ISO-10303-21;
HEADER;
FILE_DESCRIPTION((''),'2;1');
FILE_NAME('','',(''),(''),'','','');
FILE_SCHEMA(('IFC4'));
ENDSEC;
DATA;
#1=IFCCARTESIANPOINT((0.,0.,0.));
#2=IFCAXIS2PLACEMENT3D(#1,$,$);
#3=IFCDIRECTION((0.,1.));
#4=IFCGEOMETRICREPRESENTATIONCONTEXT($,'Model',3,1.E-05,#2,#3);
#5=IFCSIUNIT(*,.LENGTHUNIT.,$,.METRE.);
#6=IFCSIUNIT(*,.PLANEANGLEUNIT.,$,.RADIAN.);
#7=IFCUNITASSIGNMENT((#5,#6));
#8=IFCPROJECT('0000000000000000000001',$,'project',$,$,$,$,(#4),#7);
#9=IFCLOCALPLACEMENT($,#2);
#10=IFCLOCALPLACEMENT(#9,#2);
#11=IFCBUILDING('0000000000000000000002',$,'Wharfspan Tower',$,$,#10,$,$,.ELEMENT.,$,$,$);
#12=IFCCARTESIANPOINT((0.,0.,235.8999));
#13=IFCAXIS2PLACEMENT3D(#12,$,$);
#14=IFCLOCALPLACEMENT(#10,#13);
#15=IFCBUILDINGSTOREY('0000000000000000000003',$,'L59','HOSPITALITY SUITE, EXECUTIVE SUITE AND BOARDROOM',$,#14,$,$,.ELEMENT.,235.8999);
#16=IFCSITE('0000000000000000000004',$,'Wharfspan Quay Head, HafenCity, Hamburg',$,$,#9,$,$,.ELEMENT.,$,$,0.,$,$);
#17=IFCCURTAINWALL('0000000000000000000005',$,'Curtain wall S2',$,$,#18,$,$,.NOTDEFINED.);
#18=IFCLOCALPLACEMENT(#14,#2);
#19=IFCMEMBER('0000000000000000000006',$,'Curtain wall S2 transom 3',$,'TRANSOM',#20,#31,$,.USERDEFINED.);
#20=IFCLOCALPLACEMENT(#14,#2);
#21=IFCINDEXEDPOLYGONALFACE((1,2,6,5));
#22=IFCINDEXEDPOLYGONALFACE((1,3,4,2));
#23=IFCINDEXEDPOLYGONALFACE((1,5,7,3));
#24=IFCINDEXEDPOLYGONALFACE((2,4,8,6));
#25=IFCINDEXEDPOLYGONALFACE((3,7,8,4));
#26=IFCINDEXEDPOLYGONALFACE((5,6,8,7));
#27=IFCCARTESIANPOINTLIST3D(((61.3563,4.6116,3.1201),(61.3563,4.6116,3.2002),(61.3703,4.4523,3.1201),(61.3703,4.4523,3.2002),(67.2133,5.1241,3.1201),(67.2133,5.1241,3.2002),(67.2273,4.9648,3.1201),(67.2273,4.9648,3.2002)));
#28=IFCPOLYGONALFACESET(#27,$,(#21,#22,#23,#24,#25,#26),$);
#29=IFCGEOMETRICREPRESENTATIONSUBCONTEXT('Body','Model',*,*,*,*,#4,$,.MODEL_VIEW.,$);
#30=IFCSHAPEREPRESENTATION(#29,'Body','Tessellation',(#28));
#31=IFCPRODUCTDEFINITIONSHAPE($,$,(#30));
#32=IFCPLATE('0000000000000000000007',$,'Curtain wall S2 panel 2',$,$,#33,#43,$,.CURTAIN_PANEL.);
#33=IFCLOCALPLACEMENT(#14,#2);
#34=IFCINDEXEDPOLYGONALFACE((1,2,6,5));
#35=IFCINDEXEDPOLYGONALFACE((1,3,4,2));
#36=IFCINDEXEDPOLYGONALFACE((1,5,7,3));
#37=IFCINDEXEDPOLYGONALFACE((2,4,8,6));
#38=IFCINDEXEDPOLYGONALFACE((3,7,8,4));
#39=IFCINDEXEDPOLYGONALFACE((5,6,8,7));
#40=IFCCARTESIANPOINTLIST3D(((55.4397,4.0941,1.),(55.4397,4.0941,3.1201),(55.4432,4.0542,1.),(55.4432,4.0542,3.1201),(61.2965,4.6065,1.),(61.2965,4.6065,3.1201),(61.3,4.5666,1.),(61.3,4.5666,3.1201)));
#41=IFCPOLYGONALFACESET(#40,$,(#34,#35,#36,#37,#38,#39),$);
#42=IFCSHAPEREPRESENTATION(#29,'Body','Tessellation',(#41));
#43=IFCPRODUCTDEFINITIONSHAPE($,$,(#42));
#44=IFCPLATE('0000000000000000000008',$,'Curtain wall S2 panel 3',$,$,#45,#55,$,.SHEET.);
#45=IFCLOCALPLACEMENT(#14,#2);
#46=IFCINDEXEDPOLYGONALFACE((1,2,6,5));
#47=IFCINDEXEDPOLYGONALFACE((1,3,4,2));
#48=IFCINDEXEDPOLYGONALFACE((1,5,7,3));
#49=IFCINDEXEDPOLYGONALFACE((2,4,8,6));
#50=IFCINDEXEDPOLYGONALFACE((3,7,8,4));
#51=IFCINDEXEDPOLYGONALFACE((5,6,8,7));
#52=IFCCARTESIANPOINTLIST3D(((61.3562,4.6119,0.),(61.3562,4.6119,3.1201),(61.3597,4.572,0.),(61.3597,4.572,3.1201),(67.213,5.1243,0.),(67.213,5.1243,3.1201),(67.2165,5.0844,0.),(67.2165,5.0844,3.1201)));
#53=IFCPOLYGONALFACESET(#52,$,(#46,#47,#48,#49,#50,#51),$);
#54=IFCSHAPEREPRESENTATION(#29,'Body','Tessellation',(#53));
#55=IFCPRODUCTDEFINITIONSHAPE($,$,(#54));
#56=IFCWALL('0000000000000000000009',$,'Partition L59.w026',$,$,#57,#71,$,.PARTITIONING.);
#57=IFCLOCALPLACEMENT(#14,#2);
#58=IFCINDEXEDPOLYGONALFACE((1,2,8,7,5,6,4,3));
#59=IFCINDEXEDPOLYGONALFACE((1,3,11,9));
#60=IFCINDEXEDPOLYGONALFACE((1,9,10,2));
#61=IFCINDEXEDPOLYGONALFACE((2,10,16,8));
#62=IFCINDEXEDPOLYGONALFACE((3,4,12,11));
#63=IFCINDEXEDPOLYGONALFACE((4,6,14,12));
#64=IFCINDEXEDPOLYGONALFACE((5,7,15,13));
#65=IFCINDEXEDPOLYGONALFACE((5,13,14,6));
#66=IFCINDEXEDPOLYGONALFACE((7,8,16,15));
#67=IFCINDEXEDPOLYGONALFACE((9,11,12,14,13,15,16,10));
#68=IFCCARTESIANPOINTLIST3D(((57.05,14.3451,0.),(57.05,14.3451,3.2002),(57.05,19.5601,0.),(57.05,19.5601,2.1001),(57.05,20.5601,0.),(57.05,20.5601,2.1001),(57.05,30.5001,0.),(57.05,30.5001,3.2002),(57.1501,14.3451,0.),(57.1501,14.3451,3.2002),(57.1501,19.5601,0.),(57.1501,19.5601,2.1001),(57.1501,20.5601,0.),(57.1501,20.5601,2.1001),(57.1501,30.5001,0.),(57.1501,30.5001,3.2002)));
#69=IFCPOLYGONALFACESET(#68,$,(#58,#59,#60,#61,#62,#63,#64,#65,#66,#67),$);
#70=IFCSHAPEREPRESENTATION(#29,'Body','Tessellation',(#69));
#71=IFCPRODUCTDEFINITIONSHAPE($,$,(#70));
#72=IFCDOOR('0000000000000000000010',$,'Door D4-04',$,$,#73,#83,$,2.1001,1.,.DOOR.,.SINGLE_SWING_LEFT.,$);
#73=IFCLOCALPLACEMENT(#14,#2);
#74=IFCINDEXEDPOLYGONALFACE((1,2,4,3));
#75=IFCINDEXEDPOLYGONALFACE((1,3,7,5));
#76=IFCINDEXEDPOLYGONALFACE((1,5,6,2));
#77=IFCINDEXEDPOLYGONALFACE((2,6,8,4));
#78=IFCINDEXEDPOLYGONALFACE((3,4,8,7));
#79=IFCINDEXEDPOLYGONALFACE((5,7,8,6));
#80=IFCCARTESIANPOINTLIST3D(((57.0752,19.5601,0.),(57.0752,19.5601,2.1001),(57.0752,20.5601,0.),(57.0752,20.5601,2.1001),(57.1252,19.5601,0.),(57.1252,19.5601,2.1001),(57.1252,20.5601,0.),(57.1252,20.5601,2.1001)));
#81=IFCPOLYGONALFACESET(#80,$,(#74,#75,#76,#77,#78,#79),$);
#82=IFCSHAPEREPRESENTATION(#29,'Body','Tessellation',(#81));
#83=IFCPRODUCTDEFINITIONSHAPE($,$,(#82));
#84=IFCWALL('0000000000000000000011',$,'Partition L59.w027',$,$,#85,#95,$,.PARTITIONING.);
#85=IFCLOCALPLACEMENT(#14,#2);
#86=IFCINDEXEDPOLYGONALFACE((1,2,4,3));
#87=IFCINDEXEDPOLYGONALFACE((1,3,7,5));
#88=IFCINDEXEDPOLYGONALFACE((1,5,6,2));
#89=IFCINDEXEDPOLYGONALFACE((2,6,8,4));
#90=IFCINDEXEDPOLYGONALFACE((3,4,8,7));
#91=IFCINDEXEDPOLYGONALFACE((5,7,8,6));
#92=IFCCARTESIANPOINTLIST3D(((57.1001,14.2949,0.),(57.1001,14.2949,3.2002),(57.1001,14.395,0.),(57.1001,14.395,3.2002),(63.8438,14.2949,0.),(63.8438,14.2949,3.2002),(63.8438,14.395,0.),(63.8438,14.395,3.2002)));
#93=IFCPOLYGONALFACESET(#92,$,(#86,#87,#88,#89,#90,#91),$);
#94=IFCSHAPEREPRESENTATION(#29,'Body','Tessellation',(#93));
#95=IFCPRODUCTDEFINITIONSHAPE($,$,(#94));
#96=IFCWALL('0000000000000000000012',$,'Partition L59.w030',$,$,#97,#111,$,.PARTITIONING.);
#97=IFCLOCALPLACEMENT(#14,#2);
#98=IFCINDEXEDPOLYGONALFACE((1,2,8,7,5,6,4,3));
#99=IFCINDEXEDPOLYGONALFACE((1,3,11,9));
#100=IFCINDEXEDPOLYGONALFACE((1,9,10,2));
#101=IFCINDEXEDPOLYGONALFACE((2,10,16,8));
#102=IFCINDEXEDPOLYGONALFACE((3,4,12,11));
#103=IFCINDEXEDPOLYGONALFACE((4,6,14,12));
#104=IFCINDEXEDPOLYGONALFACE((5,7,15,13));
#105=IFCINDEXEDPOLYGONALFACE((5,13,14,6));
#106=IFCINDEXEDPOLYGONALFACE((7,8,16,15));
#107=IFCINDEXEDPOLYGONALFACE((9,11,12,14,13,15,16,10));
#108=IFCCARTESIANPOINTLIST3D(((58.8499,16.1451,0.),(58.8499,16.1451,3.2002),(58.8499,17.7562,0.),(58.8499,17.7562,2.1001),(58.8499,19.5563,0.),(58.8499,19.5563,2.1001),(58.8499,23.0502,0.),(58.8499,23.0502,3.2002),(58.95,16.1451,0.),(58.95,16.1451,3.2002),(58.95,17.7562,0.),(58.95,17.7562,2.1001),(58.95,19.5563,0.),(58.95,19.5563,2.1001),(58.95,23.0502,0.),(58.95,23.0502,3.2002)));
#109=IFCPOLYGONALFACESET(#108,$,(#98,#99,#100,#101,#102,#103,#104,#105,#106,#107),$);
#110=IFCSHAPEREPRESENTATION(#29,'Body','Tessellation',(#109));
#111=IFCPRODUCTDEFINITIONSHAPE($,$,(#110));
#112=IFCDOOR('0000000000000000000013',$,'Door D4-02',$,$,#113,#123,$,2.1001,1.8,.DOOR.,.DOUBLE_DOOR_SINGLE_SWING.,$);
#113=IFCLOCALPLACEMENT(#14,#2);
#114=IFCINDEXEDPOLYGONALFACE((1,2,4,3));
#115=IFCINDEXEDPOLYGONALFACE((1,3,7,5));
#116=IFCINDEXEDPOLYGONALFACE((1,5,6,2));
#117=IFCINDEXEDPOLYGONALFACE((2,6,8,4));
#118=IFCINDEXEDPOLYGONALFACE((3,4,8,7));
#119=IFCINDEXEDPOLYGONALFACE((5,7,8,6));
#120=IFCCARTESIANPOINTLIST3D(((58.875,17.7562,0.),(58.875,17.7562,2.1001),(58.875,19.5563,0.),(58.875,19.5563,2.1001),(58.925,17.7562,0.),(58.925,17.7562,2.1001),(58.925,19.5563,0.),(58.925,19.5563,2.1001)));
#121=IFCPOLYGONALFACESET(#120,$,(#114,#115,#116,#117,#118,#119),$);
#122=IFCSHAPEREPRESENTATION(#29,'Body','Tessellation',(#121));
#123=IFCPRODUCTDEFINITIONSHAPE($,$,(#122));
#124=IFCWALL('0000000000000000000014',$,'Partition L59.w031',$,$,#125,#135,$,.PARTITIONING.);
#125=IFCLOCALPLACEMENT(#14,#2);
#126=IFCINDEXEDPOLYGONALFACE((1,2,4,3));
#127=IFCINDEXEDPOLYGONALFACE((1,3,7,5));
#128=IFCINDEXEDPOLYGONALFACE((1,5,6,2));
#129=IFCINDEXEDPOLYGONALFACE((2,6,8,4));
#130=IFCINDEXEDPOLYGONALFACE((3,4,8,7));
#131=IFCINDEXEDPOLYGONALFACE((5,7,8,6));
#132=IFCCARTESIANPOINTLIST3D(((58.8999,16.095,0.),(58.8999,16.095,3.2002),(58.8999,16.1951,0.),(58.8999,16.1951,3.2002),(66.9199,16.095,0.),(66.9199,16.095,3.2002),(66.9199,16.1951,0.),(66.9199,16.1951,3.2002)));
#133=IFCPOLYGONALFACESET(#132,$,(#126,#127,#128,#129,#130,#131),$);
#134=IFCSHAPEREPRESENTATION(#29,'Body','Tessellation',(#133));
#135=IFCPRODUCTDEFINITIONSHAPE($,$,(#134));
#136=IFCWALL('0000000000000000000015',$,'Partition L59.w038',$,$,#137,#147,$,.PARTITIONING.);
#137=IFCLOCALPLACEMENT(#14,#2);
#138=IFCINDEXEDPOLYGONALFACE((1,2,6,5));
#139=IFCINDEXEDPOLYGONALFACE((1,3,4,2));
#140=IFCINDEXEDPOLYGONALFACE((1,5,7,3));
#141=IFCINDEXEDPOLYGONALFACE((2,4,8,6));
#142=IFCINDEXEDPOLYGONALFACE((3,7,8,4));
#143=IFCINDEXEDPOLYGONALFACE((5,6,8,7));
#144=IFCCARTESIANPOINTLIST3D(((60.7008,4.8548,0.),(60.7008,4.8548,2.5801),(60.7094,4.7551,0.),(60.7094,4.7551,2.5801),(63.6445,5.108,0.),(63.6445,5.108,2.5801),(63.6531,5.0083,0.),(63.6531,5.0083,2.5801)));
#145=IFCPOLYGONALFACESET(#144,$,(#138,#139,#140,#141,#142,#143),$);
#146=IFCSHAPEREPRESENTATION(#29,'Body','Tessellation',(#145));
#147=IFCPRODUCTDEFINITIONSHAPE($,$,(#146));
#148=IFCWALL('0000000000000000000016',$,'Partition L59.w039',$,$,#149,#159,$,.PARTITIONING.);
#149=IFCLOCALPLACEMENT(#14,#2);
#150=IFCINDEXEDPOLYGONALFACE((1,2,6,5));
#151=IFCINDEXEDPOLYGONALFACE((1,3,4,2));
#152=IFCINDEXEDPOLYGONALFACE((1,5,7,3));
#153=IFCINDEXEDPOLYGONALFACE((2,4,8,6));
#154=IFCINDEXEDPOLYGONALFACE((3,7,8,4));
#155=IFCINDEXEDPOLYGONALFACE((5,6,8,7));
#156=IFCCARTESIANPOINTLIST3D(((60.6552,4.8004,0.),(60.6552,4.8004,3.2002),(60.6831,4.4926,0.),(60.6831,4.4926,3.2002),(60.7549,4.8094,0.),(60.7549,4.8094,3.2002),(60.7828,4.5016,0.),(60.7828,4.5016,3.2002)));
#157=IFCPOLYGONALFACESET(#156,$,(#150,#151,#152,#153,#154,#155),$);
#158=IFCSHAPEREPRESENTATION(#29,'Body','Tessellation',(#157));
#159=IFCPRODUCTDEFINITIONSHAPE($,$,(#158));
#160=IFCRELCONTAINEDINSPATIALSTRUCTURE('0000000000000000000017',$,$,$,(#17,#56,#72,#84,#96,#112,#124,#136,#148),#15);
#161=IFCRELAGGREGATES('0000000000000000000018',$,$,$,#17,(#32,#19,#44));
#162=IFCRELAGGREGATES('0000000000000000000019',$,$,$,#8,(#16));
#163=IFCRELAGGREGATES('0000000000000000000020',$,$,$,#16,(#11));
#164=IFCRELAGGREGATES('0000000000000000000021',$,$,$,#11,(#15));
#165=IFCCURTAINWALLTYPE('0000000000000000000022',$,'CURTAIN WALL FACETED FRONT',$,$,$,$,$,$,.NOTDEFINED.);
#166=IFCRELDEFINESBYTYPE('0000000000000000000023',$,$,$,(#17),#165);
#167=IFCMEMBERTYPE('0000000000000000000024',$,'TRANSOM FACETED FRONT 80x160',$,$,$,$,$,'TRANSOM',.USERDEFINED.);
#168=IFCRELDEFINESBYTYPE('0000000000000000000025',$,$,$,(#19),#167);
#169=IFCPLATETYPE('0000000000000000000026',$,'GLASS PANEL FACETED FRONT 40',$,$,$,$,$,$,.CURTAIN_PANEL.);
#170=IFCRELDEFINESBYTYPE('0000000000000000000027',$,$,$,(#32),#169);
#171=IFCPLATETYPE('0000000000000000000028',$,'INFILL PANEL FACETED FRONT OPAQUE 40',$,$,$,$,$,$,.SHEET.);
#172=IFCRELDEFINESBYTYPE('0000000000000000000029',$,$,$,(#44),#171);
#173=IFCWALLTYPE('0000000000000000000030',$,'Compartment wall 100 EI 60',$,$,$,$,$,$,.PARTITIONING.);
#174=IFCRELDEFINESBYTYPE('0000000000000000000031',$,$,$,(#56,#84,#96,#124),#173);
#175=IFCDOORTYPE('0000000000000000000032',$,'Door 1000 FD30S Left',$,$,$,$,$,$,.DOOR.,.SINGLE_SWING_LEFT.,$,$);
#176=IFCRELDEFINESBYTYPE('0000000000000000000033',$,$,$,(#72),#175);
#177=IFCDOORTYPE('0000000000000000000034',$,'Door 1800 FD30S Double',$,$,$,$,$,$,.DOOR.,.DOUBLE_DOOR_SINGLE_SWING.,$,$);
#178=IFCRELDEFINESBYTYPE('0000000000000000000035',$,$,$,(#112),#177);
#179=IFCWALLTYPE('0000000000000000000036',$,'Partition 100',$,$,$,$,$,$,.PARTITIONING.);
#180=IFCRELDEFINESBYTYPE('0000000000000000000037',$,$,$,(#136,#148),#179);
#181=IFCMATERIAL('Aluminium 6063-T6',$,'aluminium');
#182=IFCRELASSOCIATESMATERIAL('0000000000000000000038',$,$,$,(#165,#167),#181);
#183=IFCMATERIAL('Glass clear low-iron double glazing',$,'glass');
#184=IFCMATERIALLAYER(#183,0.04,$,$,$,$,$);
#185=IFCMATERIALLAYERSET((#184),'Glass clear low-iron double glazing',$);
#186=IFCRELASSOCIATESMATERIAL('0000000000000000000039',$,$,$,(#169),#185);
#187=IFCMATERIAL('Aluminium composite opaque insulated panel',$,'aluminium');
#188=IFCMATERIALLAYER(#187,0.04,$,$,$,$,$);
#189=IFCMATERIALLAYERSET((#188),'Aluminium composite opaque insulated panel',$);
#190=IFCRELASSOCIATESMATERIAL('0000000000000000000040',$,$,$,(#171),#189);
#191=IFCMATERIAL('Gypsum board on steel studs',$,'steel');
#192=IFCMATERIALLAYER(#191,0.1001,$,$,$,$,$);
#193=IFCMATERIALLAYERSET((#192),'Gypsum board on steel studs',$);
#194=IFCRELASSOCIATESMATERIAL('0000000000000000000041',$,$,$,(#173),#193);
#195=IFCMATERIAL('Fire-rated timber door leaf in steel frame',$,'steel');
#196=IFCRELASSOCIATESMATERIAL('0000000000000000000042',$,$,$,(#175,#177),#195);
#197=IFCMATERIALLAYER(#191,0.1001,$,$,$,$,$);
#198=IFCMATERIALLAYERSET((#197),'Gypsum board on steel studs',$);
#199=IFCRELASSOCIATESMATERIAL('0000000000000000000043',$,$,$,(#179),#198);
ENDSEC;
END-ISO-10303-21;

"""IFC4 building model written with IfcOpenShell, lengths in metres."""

from ifc_helpers import new_model, si_unit, direction, frame, frame_2d, origin, origin_2d, place, context, subcontext, project, spatial, rectangle, extrude, material, layer, layer_set, material_profile, profile_set, type_object, element, fill, aggregate, save


model = new_model("IFC4")

# Units and contexts
model_context = context("Model", 3, precision=1e-05, world=origin(), true_north=direction((0.0, 1.0)))
body_context = subcontext(model_context, "Body", "Model", "MODEL_VIEW")
ifc_project = project(units=[si_unit("LENGTHUNIT", "METRE"), si_unit("PLANEANGLEUNIT", "RADIAN")], contexts=[model_context])

# Site, building, storey
site_placement = place(None, origin())
site = spatial("IfcSite", under=ifc_project, at=site_placement, Name="Wharfspan Quay Head, HafenCity, Hamburg", CompositionType="ELEMENT", RefElevation=0.0)
building_placement = place(site_placement, origin())
building = spatial("IfcBuilding", under=site, at=building_placement, Name="Wharfspan Tower", CompositionType="ELEMENT")
storey_placement = place(building_placement, frame((0.0, 0.0, 235.8999)))
storey = spatial("IfcBuildingStorey", under=building, at=storey_placement, Name="L59", Description="HOSPITALITY SUITE, EXECUTIVE SUITE AND BOARDROOM", CompositionType="ELEMENT", Elevation=235.8999)

# Curtain wall, member, plates
ifc_material_1 = material(Name="Aluminium 6063-T6", Category="aluminium")
curtain_wall_type = type_object("IfcCurtainWallType", Name="CURTAIN WALL FACETED FRONT", PredefinedType="NOTDEFINED", material=ifc_material_1)
curtain_wall_placement = place(storey_placement, origin())
curtain_wall = element("IfcCurtainWall", 1, at=curtain_wall_placement, inside=storey, type_object=curtain_wall_type, Name="Curtain wall S2", PredefinedType="NOTDEFINED")
ifc_material_profile_1 = material_profile(ifc_material_1, rectangle(XDim=0.1599, YDim=0.0801, at=origin_2d()))
ifc_profile_set_1 = profile_set([ifc_material_profile_1], Name="Aluminium 6063-T6")
member_type_1 = type_object("IfcMemberType", Name="TRANSOM FACETED FRONT 80x160", ElementType="TRANSOM", PredefinedType="USERDEFINED", material=ifc_profile_set_1)
member_1_placement = place(storey_placement, frame((61.3633, 4.532, 3.1602), z_axis=(0.996194, 0.087162, 0.0), x_axis=(-0.087162, 0.996194, 0.0)))
member_1 = element("IfcMember", 2, at=member_1_placement, type_object=member_type_1, Name="Curtain wall S2 transom 3", ObjectType="TRANSOM", PredefinedType="USERDEFINED", context=body_context, shape_type="SweptSolid", body=[
    extrude(rectangle(XDim=0.1599, YDim=0.0801, at=origin_2d()), origin(), (0.0, 0.0, 1.0), 5.8794),
])
ifc_material_2 = material(Name="Glass clear low-iron double glazing", Category="glass")
ifc_layer_1 = layer(ifc_material_2, 0.04)
ifc_layer_set_1 = layer_set([ifc_layer_1], Name="Glass clear low-iron double glazing")
plate_type_1 = type_object("IfcPlateType", Name="GLASS PANEL FACETED FRONT 40", PredefinedType="CURTAIN_PANEL", material=ifc_layer_set_1)
plate_1_placement = place(storey_placement, frame((58.3699, 4.3303, 1.0), z_axis=(0.0, 0.0, 1.0), x_axis=(0.996197, 0.087156, 0.0)))
plate_1 = element("IfcPlate", 3, at=plate_1_placement, type_object=plate_type_1, Name="Curtain wall S2 panel 2", PredefinedType="CURTAIN_PANEL", context=body_context, shape_type="SweptSolid", body=[
    extrude(rectangle(XDim=5.8792, YDim=0.04, at=origin_2d()), origin(), (0.0, 0.0, 1.0), 2.1201),
])
ifc_material_3 = material(Name="Aluminium composite opaque insulated panel", Category="aluminium")
ifc_layer_2 = layer(ifc_material_3, 0.04)
ifc_layer_set_2 = layer_set([ifc_layer_2], Name="Aluminium composite opaque insulated panel")
plate_type_2 = type_object("IfcPlateType", Name="INFILL PANEL FACETED FRONT OPAQUE 40", PredefinedType="SHEET", material=ifc_layer_set_2)
plate_2_placement = place(storey_placement, frame((64.2864, 4.8481, 0.0), z_axis=(0.0, 0.0, 1.0), x_axis=(0.996197, 0.087156, 0.0)))
plate_2 = element("IfcPlate", 4, at=plate_2_placement, type_object=plate_type_2, Name="Curtain wall S2 panel 3", PredefinedType="SHEET", context=body_context, shape_type="SweptSolid", body=[
    extrude(rectangle(XDim=5.8792, YDim=0.04, at=origin_2d()), origin(), (0.0, 0.0, 1.0), 3.1201),
])
aggregate(curtain_wall, [plate_1, member_1, plate_2])

# Wall, opening, door
ifc_material_4 = material(Name="Gypsum board on steel studs", Category="steel")
ifc_layer_3 = layer(ifc_material_4, 0.1001)
ifc_layer_set_3 = layer_set([ifc_layer_3], Name="Gypsum board on steel studs")
wall_type_1 = type_object("IfcWallType", Name="Compartment wall 100 EI 60", PredefinedType="PARTITIONING", material=ifc_layer_set_3)
wall_1_placement = place(storey_placement, frame((57.1001, 14.345, 0.0), z_axis=(0.0, 0.0, 1.0), x_axis=(0.0, 1.0, 0.0)))
wall_1 = element("IfcWall", 5, at=wall_1_placement, inside=storey, type_object=wall_type_1, Name="Partition L59.w026", PredefinedType="PARTITIONING", context=body_context, shape_type="SweptSolid", body=[
    extrude(rectangle(XDim=16.155, YDim=0.1001, at=frame_2d((8.0776, 0.0))), origin(), (0.0, 0.0, 1.0), 3.2002),
])
opening_1_placement = place(wall_1_placement, frame((5.2151, 0.0, 0.0)))
opening_1 = element("IfcOpeningElement", 6, at=opening_1_placement, cuts=wall_1, PredefinedType="OPENING", context=body_context, shape_type="SweptSolid", body=[
    extrude(rectangle(XDim=1.0, YDim=2.1001, at=frame_2d((0.5, 1.05))), frame((0.0, 0.0601, 0.0), z_axis=(0.0, -1.0, 0.0), x_axis=(1.0, 0.0, 0.0)), (0.0, 0.0, 1.0), 0.1201),
])
ifc_material_5 = material(Name="Fire-rated timber door leaf in steel frame", Category="steel")
door_type_1 = type_object("IfcDoorType", Name="Door 1000 FD30S Left", OperationType="SINGLE_SWING_LEFT", PredefinedType="DOOR", material=ifc_material_5)
door_1_placement = place(opening_1_placement, origin())
door_1 = element("IfcDoor", 7, at=door_1_placement, inside=storey, type_object=door_type_1, Name="Door D4-04", OperationType="SINGLE_SWING_LEFT", OverallHeight=2.1001, OverallWidth=1.0, PredefinedType="DOOR", context=body_context, shape_type="SweptSolid", body=[
    extrude(rectangle(XDim=1.0, YDim=2.1001, at=frame_2d((0.5, 1.05))), frame((0.0, 0.0249, 0.0), z_axis=(0.0, -1.0, 0.0), x_axis=(1.0, 0.0, 0.0)), (0.0, 0.0, 1.0), 0.05),
])
fill(opening_1, door_1)

# Wall
wall_2_placement = place(storey_placement, frame((57.1001, 14.345, 0.0), z_axis=(0.0, 0.0, 1.0), x_axis=(1.0, 0.0, 0.0)))
element("IfcWall", 8, at=wall_2_placement, inside=storey, type_object=wall_type_1, Name="Partition L59.w027", PredefinedType="PARTITIONING", context=body_context, shape_type="SweptSolid", body=[
    extrude(rectangle(XDim=6.7437, YDim=0.1001, at=frame_2d((3.3718, 0.0))), origin(), (0.0, 0.0, 1.0), 3.2002),
])

# Wall, opening, door
wall_3_placement = place(storey_placement, frame((58.8999, 16.145, 0.0), z_axis=(0.0, 0.0, 1.0), x_axis=(0.0, 1.0, 0.0)))
wall_3 = element("IfcWall", 9, at=wall_3_placement, inside=storey, type_object=wall_type_1, Name="Partition L59.w030", PredefinedType="PARTITIONING", context=body_context, shape_type="SweptSolid", body=[
    extrude(rectangle(XDim=6.905, YDim=0.1001, at=frame_2d((3.4526, 0.0))), origin(), (0.0, 0.0, 1.0), 3.2002),
])
opening_2_placement = place(wall_3_placement, frame((1.6113, 0.0, 0.0)))
opening_2 = element("IfcOpeningElement", 10, at=opening_2_placement, cuts=wall_3, PredefinedType="OPENING", context=body_context, shape_type="SweptSolid", body=[
    extrude(rectangle(XDim=1.8, YDim=2.1001, at=frame_2d((0.8999, 1.05))), frame((0.0, 0.0601, 0.0), z_axis=(0.0, -1.0, 0.0), x_axis=(1.0, 0.0, 0.0)), (0.0, 0.0, 1.0), 0.1201),
])
door_type_2 = type_object("IfcDoorType", Name="Door 1800 FD30S Double", OperationType="DOUBLE_DOOR_SINGLE_SWING", PredefinedType="DOOR", material=ifc_material_5)
door_2_placement = place(opening_2_placement, origin())
door_2 = element("IfcDoor", 11, at=door_2_placement, inside=storey, type_object=door_type_2, Name="Door D4-02", OperationType="DOUBLE_DOOR_SINGLE_SWING", OverallHeight=2.1001, OverallWidth=1.8, PredefinedType="DOOR", context=body_context, shape_type="SweptSolid", body=[
    extrude(rectangle(XDim=1.8, YDim=2.1001, at=frame_2d((0.8999, 1.05))), frame((0.0, 0.0249, 0.0), z_axis=(0.0, -1.0, 0.0), x_axis=(1.0, 0.0, 0.0)), (0.0, 0.0, 1.0), 0.05),
])
fill(opening_2, door_2)

# Walls
wall_4_placement = place(storey_placement, frame((58.8999, 16.145, 0.0), z_axis=(0.0, 0.0, 1.0), x_axis=(1.0, 0.0, 0.0)))
element("IfcWall", 12, at=wall_4_placement, inside=storey, type_object=wall_type_1, Name="Partition L59.w031", PredefinedType="PARTITIONING", context=body_context, shape_type="SweptSolid", body=[
    extrude(rectangle(XDim=8.02, YDim=0.1001, at=frame_2d((4.01, 0.0))), origin(), (0.0, 0.0, 1.0), 3.2002),
])
ifc_layer_4 = layer(ifc_material_4, 0.1001)
ifc_layer_set_4 = layer_set([ifc_layer_4], Name="Gypsum board on steel studs")
wall_type_2 = type_object("IfcWallType", Name="Partition 100", PredefinedType="PARTITIONING", material=ifc_layer_set_4)
wall_5_placement = place(storey_placement, frame((60.7051, 4.8049, 0.0), z_axis=(0.0, 0.0, 1.0), x_axis=(0.996324, 0.085692, 0.0)))
element("IfcWall", 13, at=wall_5_placement, inside=storey, type_object=wall_type_2, Name="Partition L59.w038", PredefinedType="PARTITIONING", context=body_context, shape_type="SweptSolid", body=[
    extrude(rectangle(XDim=2.9546, YDim=0.1001, at=frame_2d((1.4773, 0.0))), origin(), (0.0, 0.0, 1.0), 2.5801),
])
wall_6_placement = place(storey_placement, frame((60.7329, 4.4971, 0.0), z_axis=(0.0, 0.0, 1.0), x_axis=(-0.090037, 0.995936, 0.0)))
element("IfcWall", 14, at=wall_6_placement, inside=storey, type_object=wall_type_2, Name="Partition L59.w039", PredefinedType="PARTITIONING", context=body_context, shape_type="SweptSolid", body=[
    extrude(rectangle(XDim=0.3091, YDim=0.1001, at=frame_2d((0.1545, 0.0))), origin(), (0.0, 0.0, 1.0), 3.2002),
])

save(model, "model.ifc")
